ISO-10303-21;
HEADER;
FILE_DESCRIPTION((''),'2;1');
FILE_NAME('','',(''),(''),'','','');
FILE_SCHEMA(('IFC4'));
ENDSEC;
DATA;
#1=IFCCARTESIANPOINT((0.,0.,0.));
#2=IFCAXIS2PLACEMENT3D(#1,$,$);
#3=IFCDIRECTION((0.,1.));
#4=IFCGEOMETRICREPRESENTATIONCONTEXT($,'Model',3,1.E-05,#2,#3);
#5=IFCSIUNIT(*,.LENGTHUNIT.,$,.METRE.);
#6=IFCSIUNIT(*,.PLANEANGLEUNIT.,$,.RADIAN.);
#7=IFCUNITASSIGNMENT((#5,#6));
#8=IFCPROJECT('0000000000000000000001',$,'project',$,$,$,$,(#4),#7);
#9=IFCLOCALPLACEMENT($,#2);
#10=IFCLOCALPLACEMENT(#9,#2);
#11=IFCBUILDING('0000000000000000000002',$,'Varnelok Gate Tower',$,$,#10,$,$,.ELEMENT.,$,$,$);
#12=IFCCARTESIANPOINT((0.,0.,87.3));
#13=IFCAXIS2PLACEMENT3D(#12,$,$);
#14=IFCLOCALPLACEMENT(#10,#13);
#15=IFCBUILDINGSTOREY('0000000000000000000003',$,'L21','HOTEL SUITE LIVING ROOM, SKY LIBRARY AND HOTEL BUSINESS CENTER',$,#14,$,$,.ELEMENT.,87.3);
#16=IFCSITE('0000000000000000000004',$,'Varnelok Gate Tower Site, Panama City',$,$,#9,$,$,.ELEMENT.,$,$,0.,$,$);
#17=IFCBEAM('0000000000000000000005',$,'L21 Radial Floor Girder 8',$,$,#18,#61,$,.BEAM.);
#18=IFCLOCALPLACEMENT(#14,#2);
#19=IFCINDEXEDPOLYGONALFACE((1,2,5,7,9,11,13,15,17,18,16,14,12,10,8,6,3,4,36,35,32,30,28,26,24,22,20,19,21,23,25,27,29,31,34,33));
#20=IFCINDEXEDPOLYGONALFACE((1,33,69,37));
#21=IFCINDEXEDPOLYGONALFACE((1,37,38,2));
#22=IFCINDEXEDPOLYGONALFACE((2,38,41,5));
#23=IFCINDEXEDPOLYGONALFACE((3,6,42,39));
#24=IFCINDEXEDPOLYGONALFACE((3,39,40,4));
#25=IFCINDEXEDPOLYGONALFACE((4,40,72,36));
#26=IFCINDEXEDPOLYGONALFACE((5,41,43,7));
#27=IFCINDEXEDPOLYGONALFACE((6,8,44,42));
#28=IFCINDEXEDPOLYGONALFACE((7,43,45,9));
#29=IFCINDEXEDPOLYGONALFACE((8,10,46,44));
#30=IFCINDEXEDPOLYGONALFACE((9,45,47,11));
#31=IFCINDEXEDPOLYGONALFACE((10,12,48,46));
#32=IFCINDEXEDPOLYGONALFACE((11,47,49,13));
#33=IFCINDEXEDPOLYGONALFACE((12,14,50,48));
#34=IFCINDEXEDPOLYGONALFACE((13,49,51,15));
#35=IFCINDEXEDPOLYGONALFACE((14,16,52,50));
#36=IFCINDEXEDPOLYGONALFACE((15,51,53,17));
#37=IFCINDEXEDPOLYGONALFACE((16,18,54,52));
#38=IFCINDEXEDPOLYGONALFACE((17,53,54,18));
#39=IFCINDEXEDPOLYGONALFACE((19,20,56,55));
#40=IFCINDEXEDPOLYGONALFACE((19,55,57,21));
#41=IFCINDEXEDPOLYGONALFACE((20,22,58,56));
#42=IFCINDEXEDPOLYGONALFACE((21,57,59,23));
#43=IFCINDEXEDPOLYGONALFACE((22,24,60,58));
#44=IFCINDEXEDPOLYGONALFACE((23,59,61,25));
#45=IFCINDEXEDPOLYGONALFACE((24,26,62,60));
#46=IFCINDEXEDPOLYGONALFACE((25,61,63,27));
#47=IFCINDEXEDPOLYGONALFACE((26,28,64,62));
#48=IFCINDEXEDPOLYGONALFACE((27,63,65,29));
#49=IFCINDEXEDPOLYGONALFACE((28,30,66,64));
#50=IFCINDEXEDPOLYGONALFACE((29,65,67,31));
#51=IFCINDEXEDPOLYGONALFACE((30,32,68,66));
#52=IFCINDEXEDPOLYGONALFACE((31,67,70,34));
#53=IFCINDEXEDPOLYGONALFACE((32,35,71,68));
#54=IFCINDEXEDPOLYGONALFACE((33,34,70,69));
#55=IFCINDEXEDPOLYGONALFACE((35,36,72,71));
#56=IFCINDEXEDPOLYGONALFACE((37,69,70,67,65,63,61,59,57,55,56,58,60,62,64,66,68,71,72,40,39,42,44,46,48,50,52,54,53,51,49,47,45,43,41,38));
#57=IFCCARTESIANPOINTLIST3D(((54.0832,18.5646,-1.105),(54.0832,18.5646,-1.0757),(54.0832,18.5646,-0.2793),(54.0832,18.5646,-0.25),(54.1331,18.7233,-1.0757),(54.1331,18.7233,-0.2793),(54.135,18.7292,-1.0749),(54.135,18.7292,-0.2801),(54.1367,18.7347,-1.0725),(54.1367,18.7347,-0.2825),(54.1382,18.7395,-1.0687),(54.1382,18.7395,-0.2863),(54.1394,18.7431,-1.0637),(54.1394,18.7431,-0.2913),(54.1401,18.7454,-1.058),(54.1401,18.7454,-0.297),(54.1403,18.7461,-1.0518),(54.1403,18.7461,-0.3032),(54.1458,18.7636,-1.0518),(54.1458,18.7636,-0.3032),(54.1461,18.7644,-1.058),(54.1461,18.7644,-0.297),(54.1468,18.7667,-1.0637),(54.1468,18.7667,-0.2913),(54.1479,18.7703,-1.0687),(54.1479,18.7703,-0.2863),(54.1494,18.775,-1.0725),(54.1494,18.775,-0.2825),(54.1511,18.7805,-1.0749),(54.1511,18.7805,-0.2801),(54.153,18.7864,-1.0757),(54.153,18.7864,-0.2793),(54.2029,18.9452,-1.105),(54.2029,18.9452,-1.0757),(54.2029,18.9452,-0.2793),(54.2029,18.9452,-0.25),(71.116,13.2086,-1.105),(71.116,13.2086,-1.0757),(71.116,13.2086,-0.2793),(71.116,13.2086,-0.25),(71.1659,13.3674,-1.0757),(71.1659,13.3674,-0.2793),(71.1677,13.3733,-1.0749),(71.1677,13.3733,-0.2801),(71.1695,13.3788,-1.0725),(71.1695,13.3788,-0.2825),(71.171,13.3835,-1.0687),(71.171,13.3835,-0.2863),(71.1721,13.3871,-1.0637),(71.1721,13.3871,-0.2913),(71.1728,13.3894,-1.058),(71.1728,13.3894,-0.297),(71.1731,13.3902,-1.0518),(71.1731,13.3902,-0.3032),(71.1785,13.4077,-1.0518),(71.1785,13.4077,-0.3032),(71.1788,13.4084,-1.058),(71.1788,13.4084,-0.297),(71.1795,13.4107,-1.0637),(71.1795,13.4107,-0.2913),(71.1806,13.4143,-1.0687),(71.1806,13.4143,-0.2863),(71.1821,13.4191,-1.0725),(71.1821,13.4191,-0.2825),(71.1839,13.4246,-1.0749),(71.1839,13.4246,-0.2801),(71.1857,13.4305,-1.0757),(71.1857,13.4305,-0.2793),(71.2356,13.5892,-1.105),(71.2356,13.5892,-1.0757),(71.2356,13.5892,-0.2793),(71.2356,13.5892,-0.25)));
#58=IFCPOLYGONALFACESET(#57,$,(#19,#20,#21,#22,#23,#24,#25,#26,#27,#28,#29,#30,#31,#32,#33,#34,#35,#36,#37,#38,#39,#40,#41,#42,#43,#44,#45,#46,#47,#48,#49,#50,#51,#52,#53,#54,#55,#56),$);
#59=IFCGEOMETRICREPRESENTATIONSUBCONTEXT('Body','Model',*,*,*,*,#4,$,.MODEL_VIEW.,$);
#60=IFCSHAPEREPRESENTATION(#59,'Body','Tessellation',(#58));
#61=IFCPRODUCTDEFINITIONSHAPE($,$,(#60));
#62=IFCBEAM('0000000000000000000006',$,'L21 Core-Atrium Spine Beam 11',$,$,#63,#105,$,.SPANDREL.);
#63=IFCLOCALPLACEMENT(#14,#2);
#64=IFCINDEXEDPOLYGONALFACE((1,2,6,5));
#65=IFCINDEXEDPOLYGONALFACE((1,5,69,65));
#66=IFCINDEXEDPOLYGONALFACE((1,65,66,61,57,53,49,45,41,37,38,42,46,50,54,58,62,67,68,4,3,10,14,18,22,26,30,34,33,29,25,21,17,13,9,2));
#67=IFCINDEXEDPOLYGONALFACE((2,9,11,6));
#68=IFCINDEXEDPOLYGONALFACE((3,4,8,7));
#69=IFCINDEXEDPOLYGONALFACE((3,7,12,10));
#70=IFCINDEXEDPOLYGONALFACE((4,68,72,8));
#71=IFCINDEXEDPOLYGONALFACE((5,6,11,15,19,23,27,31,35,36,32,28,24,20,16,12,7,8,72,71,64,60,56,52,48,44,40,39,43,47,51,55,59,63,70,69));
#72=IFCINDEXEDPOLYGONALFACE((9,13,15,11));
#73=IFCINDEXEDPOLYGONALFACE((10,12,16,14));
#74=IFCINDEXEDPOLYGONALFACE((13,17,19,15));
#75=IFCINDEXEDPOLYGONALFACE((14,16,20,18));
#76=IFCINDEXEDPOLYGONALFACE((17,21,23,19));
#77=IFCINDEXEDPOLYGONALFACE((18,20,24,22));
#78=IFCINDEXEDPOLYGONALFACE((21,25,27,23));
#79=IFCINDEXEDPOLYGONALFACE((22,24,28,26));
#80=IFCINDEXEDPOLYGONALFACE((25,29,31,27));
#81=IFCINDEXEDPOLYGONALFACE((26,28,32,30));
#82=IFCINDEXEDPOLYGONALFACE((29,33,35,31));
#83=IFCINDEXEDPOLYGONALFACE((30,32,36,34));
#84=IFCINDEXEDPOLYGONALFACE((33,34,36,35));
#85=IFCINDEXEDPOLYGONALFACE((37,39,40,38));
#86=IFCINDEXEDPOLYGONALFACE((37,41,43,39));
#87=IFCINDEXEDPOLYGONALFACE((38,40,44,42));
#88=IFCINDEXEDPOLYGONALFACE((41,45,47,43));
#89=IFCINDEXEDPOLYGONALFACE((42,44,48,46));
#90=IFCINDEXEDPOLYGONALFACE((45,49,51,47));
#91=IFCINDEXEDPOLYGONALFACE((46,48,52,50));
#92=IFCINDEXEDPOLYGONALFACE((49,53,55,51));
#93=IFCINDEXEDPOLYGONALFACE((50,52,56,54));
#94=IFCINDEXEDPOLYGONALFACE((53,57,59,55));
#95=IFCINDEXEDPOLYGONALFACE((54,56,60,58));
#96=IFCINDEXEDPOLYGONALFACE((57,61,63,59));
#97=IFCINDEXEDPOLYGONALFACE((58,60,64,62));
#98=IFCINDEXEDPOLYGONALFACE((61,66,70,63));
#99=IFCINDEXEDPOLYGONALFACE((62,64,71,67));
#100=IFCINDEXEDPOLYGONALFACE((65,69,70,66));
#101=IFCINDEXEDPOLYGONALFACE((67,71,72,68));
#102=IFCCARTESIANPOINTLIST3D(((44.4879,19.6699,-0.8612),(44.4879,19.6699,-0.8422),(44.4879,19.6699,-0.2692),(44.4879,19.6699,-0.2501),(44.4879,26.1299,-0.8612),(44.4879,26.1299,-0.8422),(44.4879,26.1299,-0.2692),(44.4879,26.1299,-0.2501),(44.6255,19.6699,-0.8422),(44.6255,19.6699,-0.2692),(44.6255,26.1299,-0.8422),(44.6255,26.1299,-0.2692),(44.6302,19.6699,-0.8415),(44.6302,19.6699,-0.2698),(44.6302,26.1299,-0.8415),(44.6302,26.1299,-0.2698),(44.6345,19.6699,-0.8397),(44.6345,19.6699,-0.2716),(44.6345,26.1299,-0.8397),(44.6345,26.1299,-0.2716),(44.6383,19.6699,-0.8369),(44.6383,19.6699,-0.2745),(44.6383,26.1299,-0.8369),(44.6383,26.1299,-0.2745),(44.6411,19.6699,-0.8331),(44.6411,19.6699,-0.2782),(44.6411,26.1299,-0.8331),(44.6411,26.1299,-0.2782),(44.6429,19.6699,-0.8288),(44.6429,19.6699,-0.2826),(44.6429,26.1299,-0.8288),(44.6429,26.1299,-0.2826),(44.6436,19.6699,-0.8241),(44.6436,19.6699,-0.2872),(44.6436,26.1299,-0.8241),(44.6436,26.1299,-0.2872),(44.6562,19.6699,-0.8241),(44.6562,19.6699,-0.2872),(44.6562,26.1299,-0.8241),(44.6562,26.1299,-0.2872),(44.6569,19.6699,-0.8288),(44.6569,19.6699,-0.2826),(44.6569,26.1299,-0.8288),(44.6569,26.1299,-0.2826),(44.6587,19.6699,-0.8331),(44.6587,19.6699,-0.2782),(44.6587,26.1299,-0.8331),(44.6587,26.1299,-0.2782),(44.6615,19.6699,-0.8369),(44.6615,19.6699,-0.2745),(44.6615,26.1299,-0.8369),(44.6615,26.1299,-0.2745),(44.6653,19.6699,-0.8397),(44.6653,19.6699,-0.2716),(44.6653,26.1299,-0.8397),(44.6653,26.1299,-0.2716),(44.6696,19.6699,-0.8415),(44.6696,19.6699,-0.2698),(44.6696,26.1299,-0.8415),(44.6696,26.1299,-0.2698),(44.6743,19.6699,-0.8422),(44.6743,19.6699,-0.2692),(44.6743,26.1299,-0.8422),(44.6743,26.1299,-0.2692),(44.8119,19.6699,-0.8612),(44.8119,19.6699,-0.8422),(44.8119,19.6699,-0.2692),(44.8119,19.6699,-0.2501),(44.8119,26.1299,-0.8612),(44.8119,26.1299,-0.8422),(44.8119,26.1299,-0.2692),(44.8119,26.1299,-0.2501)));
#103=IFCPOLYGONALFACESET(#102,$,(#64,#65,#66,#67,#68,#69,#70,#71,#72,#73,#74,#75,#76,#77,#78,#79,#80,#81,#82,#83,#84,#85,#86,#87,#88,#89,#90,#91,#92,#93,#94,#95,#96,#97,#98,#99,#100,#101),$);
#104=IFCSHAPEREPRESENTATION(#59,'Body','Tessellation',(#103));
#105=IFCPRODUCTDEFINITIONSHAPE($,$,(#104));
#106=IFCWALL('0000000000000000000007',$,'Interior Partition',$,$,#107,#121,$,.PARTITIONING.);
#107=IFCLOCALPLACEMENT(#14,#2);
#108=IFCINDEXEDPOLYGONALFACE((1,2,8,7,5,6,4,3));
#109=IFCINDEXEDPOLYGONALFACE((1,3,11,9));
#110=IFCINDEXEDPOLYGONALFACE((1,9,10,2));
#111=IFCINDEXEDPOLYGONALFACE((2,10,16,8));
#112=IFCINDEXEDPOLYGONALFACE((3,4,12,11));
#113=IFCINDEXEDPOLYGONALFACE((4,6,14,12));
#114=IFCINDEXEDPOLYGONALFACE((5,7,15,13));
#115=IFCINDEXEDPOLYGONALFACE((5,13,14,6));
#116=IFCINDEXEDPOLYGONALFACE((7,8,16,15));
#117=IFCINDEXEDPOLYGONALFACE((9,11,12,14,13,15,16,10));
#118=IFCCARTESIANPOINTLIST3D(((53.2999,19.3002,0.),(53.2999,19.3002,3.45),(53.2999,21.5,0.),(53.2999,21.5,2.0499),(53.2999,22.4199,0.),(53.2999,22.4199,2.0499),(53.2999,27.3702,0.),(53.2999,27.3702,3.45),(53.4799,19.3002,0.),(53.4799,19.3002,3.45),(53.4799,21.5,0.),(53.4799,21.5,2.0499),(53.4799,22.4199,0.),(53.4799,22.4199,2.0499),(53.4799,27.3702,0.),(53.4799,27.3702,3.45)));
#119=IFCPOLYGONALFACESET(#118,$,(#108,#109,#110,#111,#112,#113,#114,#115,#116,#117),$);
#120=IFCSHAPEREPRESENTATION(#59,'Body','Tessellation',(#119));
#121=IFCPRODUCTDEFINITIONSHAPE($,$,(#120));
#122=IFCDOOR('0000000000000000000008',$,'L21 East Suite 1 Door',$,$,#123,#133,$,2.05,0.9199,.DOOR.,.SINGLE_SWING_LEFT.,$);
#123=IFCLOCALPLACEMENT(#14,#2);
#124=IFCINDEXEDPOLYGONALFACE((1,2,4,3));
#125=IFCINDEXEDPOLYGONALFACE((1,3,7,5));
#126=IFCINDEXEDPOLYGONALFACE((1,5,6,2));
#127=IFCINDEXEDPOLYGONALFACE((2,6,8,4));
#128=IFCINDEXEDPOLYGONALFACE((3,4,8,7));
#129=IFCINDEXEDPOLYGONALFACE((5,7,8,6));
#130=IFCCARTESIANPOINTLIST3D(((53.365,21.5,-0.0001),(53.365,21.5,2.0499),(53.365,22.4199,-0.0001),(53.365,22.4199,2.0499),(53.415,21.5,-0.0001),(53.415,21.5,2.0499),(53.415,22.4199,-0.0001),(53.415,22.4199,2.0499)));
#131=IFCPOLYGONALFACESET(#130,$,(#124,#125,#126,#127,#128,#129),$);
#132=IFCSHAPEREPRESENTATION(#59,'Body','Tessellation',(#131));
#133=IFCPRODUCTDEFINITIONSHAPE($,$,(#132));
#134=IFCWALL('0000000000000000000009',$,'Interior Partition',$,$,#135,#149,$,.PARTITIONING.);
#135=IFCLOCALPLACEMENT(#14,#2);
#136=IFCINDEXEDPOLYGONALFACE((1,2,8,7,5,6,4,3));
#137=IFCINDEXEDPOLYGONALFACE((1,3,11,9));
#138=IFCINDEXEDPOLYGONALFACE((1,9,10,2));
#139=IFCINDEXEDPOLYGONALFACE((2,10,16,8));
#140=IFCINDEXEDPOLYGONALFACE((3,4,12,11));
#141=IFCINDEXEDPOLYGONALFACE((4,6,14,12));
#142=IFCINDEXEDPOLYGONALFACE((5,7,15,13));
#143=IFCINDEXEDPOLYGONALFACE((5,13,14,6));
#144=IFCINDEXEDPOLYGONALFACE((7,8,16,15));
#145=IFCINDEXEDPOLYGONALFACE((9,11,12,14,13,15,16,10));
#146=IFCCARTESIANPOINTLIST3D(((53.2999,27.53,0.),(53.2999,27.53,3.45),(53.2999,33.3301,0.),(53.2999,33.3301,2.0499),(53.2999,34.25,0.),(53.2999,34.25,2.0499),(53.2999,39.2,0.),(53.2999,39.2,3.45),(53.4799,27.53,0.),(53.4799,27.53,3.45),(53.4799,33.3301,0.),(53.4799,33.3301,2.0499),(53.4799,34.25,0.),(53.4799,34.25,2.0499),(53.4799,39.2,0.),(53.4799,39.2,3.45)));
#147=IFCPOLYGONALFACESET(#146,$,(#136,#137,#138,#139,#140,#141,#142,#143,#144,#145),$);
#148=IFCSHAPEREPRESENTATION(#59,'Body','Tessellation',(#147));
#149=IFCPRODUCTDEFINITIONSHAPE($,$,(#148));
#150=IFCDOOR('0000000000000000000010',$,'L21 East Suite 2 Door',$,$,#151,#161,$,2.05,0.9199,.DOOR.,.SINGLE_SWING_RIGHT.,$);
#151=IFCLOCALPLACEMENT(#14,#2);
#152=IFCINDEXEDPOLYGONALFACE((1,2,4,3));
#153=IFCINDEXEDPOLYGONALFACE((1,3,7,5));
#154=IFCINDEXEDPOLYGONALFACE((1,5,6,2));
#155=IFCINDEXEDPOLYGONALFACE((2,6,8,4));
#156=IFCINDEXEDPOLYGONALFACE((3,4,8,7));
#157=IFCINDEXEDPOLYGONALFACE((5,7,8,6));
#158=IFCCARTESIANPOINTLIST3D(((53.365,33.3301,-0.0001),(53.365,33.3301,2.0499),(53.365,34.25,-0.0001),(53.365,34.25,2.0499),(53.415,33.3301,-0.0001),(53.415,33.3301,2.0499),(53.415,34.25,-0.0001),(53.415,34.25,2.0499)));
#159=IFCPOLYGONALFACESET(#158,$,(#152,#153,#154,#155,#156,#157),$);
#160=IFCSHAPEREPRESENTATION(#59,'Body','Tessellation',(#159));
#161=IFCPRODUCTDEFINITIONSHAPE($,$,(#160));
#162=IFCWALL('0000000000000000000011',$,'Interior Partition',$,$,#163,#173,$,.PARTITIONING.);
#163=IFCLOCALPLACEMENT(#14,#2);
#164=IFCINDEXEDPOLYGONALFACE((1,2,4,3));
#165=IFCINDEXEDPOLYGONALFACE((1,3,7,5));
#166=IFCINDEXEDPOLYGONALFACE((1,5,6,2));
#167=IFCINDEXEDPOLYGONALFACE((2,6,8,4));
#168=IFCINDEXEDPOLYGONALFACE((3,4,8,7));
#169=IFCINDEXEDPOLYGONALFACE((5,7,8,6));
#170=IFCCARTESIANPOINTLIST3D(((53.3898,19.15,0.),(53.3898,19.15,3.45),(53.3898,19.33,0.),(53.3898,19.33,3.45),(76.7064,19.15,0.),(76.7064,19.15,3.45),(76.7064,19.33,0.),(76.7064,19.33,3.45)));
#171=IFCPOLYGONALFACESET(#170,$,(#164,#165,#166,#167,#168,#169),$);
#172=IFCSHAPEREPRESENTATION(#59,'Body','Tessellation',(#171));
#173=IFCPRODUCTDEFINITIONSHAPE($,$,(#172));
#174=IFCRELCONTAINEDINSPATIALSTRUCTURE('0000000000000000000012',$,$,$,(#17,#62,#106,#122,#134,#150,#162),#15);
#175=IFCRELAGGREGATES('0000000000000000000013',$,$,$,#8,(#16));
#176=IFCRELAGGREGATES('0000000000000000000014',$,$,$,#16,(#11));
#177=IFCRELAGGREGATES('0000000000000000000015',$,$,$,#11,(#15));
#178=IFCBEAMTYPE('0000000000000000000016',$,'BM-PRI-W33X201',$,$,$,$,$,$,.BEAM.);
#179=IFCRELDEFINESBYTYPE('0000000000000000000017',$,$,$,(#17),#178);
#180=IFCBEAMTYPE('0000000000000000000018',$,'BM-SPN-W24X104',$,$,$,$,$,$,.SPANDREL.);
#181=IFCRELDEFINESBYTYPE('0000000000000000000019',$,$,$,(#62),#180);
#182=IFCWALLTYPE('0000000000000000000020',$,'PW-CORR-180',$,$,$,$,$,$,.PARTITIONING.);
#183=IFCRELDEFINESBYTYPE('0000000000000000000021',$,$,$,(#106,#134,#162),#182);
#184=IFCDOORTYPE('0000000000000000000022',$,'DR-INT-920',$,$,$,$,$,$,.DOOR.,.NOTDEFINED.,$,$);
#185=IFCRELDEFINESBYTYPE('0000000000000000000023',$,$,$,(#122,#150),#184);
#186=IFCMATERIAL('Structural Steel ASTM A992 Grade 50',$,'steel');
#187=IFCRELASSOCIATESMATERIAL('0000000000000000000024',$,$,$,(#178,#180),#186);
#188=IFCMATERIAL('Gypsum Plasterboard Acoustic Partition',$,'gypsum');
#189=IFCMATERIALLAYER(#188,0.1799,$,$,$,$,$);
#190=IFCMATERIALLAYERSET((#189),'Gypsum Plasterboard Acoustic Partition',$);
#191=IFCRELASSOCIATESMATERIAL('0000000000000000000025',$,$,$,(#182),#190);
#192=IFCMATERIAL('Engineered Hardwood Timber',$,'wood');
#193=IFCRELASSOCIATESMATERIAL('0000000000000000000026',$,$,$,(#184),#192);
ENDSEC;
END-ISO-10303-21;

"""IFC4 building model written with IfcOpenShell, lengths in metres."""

from ifc_helpers import new_model, si_unit, direction, frame, frame_2d, origin, origin_2d, place, context, subcontext, project, spatial, rectangle, i_section, extrude, material, layer, layer_set, material_profile, profile_set, type_object, element, fill, save


model = new_model("IFC4")

# Units and contexts
model_context = context("Model", 3, precision=1e-05, world=origin(), true_north=direction((0.0, 1.0)))
body_context = subcontext(model_context, "Body", "Model", "MODEL_VIEW")
ifc_project = project(units=[si_unit("LENGTHUNIT", "METRE"), si_unit("PLANEANGLEUNIT", "RADIAN")], contexts=[model_context])

# Site, building, storey
site_placement = place(None, origin())
site = spatial("IfcSite", under=ifc_project, at=site_placement, Name="Varnelok Gate Tower Site, Panama City", CompositionType="ELEMENT", RefElevation=0.0)
building_placement = place(site_placement, origin())
building = spatial("IfcBuilding", under=site, at=building_placement, Name="Varnelok Gate Tower", CompositionType="ELEMENT")
storey_placement = place(building_placement, frame((0.0, 0.0, 87.3)))
storey = spatial("IfcBuildingStorey", under=building, at=storey_placement, Name="L21", Description="HOTEL SUITE LIVING ROOM, SKY LIBRARY AND HOTEL BUSINESS CENTER", CompositionType="ELEMENT", Elevation=87.3)

# Shared definitions
ifc_material_1 = material(Name="Structural Steel ASTM A992 Grade 50", Category="steel")

# Beams
ifc_material_profile_1 = material_profile(ifc_material_1, i_section(OverallWidth=0.3989, OverallDepth=0.855, WebThickness=0.0183, FlangeThickness=0.0293, FilletRadius=0.0239, at=origin_2d()), Name="W33X201")
ifc_profile_set_1 = profile_set([ifc_material_profile_1], Name="Structural Steel ASTM A992 Grade 50")
beam_type_1 = type_object("IfcBeamType", Name="BM-PRI-W33X201", PredefinedType="BEAM", material=ifc_profile_set_1)
beam_1_placement = place(storey_placement, frame((54.1431, 18.7549, -0.6775), z_axis=(0.953949, -0.29997, 0.0), x_axis=(0.29997, 0.953949, 0.0)))
element("IfcBeam", 1, at=beam_1_placement, inside=storey, type_object=beam_type_1, Name="L21 Radial Floor Girder 8", PredefinedType="BEAM", context=body_context, shape_type="SweptSolid", body=[
    extrude(i_section(OverallWidth=0.3989, OverallDepth=0.855, WebThickness=0.0183, FlangeThickness=0.0293, FilletRadius=0.0239, at=origin_2d()), origin(), (0.0, 0.0, 1.0), 17.855),
])
ifc_material_profile_2 = material_profile(ifc_material_1, i_section(OverallWidth=0.324, OverallDepth=0.6111, WebThickness=0.0127, FlangeThickness=0.019, FilletRadius=0.0181, at=origin_2d()), Name="W24X104")
ifc_profile_set_2 = profile_set([ifc_material_profile_2], Name="Structural Steel ASTM A992 Grade 50")
beam_type_2 = type_object("IfcBeamType", Name="BM-SPN-W24X104", PredefinedType="SPANDREL", material=ifc_profile_set_2)
beam_2_placement = place(storey_placement, frame((44.6499, 19.6699, -0.5557), z_axis=(0.0, 1.0, 0.0), x_axis=(-1.0, 0.0, 0.0)))
element("IfcBeam", 2, at=beam_2_placement, inside=storey, type_object=beam_type_2, Name="L21 Core-Atrium Spine Beam 11", PredefinedType="SPANDREL", context=body_context, shape_type="SweptSolid", body=[
    extrude(i_section(OverallWidth=0.324, OverallDepth=0.6111, WebThickness=0.0127, FlangeThickness=0.019, FilletRadius=0.0181, at=origin_2d()), origin(), (0.0, 0.0, 1.0), 6.46),
])

# Walls, openings, doors
ifc_material_2 = material(Name="Gypsum Plasterboard Acoustic Partition", Category="gypsum")
ifc_layer_1 = layer(ifc_material_2, 0.1799)
ifc_layer_set_1 = layer_set([ifc_layer_1], Name="Gypsum Plasterboard Acoustic Partition")
wall_type_1 = type_object("IfcWallType", Name="PW-CORR-180", PredefinedType="PARTITIONING", material=ifc_layer_set_1)
wall_1_placement = place(storey_placement, frame((53.3899, 19.3, 0.0), z_axis=(0.0, 0.0, 1.0), x_axis=(0.0, 1.0, 0.0)))
wall_1 = element("IfcWall", 3, at=wall_1_placement, inside=storey, type_object=wall_type_1, Name="Interior Partition", PredefinedType="PARTITIONING", context=body_context, shape_type="SweptSolid", body=[
    extrude(rectangle(XDim=8.0701, YDim=0.1799, at=frame_2d((4.0352, 0.0))), origin(), (0.0, 0.0, 1.0), 3.45),
])
opening_1_placement = place(wall_1_placement, frame((2.2, 0.0, 0.0)))
opening_1 = element("IfcOpeningElement", 4, at=opening_1_placement, cuts=wall_1, PredefinedType="OPENING", context=body_context, shape_type="SweptSolid", body=[
    extrude(rectangle(XDim=0.9199, YDim=2.05, at=frame_2d((0.46, 1.0249))), frame((0.0, 0.0999, 0.0), z_axis=(0.0, -1.0, 0.0), x_axis=(1.0, 0.0, 0.0)), (0.0, 0.0, 1.0), 0.2),
])
ifc_material_3 = material(Name="Engineered Hardwood Timber", Category="wood")
door_type = type_object("IfcDoorType", Name="DR-INT-920", OperationType="NOTDEFINED", PredefinedType="DOOR", material=ifc_material_3)
door_1_placement = place(opening_1_placement, origin())
door_1 = element("IfcDoor", 5, at=door_1_placement, inside=storey, type_object=door_type, Name="L21 East Suite 1 Door", OperationType="SINGLE_SWING_LEFT", OverallHeight=2.05, OverallWidth=0.9199, PredefinedType="DOOR", context=body_context, shape_type="SweptSolid", body=[
    extrude(rectangle(XDim=0.9199, YDim=2.05, at=frame_2d((0.46, 1.0249))), frame((0.0, 0.0249, 0.0), z_axis=(0.0, -1.0, 0.0), x_axis=(1.0, 0.0, 0.0)), (0.0, 0.0, 1.0), 0.05),
])
fill(opening_1, door_1)
wall_2_placement = place(storey_placement, frame((53.3899, 27.53, 0.0), z_axis=(0.0, 0.0, 1.0), x_axis=(0.0, 1.0, 0.0)))
wall_2 = element("IfcWall", 6, at=wall_2_placement, inside=storey, type_object=wall_type_1, Name="Interior Partition", PredefinedType="PARTITIONING", context=body_context, shape_type="SweptSolid", body=[
    extrude(rectangle(XDim=11.6699, YDim=0.1799, at=frame_2d((5.835, 0.0))), origin(), (0.0, 0.0, 1.0), 3.45),
])
opening_2_placement = place(wall_2_placement, frame((5.8, 0.0, 0.0)))
opening_2 = element("IfcOpeningElement", 7, at=opening_2_placement, cuts=wall_2, PredefinedType="OPENING", context=body_context, shape_type="SweptSolid", body=[
    extrude(rectangle(XDim=0.9199, YDim=2.05, at=frame_2d((0.46, 1.0249))), frame((0.0, 0.0999, 0.0), z_axis=(0.0, -1.0, 0.0), x_axis=(1.0, 0.0, 0.0)), (0.0, 0.0, 1.0), 0.2),
])
door_2_placement = place(opening_2_placement, origin())
door_2 = element("IfcDoor", 8, at=door_2_placement, inside=storey, type_object=door_type, Name="L21 East Suite 2 Door", OperationType="SINGLE_SWING_RIGHT", OverallHeight=2.05, OverallWidth=0.9199, PredefinedType="DOOR", context=body_context, shape_type="SweptSolid", body=[
    extrude(rectangle(XDim=0.9199, YDim=2.05, at=frame_2d((0.46, 1.0249))), frame((0.0, 0.0249, 0.0), z_axis=(0.0, -1.0, 0.0), x_axis=(1.0, 0.0, 0.0)), (0.0, 0.0, 1.0), 0.05),
])
fill(opening_2, door_2)

# Wall
wall_3_placement = place(storey_placement, frame((53.3899, 19.24, 0.0), z_axis=(0.0, 0.0, 1.0), x_axis=(1.0, 0.0, 0.0)))
element("IfcWall", 9, at=wall_3_placement, inside=storey, type_object=wall_type_1, Name="Interior Partition", PredefinedType="PARTITIONING", context=body_context, shape_type="SweptSolid", body=[
    extrude(rectangle(XDim=23.3167, YDim=0.1799, at=frame_2d((11.6582, 0.0))), origin(), (0.0, 0.0, 1.0), 3.45),
])

save(model, "model.ifc")
